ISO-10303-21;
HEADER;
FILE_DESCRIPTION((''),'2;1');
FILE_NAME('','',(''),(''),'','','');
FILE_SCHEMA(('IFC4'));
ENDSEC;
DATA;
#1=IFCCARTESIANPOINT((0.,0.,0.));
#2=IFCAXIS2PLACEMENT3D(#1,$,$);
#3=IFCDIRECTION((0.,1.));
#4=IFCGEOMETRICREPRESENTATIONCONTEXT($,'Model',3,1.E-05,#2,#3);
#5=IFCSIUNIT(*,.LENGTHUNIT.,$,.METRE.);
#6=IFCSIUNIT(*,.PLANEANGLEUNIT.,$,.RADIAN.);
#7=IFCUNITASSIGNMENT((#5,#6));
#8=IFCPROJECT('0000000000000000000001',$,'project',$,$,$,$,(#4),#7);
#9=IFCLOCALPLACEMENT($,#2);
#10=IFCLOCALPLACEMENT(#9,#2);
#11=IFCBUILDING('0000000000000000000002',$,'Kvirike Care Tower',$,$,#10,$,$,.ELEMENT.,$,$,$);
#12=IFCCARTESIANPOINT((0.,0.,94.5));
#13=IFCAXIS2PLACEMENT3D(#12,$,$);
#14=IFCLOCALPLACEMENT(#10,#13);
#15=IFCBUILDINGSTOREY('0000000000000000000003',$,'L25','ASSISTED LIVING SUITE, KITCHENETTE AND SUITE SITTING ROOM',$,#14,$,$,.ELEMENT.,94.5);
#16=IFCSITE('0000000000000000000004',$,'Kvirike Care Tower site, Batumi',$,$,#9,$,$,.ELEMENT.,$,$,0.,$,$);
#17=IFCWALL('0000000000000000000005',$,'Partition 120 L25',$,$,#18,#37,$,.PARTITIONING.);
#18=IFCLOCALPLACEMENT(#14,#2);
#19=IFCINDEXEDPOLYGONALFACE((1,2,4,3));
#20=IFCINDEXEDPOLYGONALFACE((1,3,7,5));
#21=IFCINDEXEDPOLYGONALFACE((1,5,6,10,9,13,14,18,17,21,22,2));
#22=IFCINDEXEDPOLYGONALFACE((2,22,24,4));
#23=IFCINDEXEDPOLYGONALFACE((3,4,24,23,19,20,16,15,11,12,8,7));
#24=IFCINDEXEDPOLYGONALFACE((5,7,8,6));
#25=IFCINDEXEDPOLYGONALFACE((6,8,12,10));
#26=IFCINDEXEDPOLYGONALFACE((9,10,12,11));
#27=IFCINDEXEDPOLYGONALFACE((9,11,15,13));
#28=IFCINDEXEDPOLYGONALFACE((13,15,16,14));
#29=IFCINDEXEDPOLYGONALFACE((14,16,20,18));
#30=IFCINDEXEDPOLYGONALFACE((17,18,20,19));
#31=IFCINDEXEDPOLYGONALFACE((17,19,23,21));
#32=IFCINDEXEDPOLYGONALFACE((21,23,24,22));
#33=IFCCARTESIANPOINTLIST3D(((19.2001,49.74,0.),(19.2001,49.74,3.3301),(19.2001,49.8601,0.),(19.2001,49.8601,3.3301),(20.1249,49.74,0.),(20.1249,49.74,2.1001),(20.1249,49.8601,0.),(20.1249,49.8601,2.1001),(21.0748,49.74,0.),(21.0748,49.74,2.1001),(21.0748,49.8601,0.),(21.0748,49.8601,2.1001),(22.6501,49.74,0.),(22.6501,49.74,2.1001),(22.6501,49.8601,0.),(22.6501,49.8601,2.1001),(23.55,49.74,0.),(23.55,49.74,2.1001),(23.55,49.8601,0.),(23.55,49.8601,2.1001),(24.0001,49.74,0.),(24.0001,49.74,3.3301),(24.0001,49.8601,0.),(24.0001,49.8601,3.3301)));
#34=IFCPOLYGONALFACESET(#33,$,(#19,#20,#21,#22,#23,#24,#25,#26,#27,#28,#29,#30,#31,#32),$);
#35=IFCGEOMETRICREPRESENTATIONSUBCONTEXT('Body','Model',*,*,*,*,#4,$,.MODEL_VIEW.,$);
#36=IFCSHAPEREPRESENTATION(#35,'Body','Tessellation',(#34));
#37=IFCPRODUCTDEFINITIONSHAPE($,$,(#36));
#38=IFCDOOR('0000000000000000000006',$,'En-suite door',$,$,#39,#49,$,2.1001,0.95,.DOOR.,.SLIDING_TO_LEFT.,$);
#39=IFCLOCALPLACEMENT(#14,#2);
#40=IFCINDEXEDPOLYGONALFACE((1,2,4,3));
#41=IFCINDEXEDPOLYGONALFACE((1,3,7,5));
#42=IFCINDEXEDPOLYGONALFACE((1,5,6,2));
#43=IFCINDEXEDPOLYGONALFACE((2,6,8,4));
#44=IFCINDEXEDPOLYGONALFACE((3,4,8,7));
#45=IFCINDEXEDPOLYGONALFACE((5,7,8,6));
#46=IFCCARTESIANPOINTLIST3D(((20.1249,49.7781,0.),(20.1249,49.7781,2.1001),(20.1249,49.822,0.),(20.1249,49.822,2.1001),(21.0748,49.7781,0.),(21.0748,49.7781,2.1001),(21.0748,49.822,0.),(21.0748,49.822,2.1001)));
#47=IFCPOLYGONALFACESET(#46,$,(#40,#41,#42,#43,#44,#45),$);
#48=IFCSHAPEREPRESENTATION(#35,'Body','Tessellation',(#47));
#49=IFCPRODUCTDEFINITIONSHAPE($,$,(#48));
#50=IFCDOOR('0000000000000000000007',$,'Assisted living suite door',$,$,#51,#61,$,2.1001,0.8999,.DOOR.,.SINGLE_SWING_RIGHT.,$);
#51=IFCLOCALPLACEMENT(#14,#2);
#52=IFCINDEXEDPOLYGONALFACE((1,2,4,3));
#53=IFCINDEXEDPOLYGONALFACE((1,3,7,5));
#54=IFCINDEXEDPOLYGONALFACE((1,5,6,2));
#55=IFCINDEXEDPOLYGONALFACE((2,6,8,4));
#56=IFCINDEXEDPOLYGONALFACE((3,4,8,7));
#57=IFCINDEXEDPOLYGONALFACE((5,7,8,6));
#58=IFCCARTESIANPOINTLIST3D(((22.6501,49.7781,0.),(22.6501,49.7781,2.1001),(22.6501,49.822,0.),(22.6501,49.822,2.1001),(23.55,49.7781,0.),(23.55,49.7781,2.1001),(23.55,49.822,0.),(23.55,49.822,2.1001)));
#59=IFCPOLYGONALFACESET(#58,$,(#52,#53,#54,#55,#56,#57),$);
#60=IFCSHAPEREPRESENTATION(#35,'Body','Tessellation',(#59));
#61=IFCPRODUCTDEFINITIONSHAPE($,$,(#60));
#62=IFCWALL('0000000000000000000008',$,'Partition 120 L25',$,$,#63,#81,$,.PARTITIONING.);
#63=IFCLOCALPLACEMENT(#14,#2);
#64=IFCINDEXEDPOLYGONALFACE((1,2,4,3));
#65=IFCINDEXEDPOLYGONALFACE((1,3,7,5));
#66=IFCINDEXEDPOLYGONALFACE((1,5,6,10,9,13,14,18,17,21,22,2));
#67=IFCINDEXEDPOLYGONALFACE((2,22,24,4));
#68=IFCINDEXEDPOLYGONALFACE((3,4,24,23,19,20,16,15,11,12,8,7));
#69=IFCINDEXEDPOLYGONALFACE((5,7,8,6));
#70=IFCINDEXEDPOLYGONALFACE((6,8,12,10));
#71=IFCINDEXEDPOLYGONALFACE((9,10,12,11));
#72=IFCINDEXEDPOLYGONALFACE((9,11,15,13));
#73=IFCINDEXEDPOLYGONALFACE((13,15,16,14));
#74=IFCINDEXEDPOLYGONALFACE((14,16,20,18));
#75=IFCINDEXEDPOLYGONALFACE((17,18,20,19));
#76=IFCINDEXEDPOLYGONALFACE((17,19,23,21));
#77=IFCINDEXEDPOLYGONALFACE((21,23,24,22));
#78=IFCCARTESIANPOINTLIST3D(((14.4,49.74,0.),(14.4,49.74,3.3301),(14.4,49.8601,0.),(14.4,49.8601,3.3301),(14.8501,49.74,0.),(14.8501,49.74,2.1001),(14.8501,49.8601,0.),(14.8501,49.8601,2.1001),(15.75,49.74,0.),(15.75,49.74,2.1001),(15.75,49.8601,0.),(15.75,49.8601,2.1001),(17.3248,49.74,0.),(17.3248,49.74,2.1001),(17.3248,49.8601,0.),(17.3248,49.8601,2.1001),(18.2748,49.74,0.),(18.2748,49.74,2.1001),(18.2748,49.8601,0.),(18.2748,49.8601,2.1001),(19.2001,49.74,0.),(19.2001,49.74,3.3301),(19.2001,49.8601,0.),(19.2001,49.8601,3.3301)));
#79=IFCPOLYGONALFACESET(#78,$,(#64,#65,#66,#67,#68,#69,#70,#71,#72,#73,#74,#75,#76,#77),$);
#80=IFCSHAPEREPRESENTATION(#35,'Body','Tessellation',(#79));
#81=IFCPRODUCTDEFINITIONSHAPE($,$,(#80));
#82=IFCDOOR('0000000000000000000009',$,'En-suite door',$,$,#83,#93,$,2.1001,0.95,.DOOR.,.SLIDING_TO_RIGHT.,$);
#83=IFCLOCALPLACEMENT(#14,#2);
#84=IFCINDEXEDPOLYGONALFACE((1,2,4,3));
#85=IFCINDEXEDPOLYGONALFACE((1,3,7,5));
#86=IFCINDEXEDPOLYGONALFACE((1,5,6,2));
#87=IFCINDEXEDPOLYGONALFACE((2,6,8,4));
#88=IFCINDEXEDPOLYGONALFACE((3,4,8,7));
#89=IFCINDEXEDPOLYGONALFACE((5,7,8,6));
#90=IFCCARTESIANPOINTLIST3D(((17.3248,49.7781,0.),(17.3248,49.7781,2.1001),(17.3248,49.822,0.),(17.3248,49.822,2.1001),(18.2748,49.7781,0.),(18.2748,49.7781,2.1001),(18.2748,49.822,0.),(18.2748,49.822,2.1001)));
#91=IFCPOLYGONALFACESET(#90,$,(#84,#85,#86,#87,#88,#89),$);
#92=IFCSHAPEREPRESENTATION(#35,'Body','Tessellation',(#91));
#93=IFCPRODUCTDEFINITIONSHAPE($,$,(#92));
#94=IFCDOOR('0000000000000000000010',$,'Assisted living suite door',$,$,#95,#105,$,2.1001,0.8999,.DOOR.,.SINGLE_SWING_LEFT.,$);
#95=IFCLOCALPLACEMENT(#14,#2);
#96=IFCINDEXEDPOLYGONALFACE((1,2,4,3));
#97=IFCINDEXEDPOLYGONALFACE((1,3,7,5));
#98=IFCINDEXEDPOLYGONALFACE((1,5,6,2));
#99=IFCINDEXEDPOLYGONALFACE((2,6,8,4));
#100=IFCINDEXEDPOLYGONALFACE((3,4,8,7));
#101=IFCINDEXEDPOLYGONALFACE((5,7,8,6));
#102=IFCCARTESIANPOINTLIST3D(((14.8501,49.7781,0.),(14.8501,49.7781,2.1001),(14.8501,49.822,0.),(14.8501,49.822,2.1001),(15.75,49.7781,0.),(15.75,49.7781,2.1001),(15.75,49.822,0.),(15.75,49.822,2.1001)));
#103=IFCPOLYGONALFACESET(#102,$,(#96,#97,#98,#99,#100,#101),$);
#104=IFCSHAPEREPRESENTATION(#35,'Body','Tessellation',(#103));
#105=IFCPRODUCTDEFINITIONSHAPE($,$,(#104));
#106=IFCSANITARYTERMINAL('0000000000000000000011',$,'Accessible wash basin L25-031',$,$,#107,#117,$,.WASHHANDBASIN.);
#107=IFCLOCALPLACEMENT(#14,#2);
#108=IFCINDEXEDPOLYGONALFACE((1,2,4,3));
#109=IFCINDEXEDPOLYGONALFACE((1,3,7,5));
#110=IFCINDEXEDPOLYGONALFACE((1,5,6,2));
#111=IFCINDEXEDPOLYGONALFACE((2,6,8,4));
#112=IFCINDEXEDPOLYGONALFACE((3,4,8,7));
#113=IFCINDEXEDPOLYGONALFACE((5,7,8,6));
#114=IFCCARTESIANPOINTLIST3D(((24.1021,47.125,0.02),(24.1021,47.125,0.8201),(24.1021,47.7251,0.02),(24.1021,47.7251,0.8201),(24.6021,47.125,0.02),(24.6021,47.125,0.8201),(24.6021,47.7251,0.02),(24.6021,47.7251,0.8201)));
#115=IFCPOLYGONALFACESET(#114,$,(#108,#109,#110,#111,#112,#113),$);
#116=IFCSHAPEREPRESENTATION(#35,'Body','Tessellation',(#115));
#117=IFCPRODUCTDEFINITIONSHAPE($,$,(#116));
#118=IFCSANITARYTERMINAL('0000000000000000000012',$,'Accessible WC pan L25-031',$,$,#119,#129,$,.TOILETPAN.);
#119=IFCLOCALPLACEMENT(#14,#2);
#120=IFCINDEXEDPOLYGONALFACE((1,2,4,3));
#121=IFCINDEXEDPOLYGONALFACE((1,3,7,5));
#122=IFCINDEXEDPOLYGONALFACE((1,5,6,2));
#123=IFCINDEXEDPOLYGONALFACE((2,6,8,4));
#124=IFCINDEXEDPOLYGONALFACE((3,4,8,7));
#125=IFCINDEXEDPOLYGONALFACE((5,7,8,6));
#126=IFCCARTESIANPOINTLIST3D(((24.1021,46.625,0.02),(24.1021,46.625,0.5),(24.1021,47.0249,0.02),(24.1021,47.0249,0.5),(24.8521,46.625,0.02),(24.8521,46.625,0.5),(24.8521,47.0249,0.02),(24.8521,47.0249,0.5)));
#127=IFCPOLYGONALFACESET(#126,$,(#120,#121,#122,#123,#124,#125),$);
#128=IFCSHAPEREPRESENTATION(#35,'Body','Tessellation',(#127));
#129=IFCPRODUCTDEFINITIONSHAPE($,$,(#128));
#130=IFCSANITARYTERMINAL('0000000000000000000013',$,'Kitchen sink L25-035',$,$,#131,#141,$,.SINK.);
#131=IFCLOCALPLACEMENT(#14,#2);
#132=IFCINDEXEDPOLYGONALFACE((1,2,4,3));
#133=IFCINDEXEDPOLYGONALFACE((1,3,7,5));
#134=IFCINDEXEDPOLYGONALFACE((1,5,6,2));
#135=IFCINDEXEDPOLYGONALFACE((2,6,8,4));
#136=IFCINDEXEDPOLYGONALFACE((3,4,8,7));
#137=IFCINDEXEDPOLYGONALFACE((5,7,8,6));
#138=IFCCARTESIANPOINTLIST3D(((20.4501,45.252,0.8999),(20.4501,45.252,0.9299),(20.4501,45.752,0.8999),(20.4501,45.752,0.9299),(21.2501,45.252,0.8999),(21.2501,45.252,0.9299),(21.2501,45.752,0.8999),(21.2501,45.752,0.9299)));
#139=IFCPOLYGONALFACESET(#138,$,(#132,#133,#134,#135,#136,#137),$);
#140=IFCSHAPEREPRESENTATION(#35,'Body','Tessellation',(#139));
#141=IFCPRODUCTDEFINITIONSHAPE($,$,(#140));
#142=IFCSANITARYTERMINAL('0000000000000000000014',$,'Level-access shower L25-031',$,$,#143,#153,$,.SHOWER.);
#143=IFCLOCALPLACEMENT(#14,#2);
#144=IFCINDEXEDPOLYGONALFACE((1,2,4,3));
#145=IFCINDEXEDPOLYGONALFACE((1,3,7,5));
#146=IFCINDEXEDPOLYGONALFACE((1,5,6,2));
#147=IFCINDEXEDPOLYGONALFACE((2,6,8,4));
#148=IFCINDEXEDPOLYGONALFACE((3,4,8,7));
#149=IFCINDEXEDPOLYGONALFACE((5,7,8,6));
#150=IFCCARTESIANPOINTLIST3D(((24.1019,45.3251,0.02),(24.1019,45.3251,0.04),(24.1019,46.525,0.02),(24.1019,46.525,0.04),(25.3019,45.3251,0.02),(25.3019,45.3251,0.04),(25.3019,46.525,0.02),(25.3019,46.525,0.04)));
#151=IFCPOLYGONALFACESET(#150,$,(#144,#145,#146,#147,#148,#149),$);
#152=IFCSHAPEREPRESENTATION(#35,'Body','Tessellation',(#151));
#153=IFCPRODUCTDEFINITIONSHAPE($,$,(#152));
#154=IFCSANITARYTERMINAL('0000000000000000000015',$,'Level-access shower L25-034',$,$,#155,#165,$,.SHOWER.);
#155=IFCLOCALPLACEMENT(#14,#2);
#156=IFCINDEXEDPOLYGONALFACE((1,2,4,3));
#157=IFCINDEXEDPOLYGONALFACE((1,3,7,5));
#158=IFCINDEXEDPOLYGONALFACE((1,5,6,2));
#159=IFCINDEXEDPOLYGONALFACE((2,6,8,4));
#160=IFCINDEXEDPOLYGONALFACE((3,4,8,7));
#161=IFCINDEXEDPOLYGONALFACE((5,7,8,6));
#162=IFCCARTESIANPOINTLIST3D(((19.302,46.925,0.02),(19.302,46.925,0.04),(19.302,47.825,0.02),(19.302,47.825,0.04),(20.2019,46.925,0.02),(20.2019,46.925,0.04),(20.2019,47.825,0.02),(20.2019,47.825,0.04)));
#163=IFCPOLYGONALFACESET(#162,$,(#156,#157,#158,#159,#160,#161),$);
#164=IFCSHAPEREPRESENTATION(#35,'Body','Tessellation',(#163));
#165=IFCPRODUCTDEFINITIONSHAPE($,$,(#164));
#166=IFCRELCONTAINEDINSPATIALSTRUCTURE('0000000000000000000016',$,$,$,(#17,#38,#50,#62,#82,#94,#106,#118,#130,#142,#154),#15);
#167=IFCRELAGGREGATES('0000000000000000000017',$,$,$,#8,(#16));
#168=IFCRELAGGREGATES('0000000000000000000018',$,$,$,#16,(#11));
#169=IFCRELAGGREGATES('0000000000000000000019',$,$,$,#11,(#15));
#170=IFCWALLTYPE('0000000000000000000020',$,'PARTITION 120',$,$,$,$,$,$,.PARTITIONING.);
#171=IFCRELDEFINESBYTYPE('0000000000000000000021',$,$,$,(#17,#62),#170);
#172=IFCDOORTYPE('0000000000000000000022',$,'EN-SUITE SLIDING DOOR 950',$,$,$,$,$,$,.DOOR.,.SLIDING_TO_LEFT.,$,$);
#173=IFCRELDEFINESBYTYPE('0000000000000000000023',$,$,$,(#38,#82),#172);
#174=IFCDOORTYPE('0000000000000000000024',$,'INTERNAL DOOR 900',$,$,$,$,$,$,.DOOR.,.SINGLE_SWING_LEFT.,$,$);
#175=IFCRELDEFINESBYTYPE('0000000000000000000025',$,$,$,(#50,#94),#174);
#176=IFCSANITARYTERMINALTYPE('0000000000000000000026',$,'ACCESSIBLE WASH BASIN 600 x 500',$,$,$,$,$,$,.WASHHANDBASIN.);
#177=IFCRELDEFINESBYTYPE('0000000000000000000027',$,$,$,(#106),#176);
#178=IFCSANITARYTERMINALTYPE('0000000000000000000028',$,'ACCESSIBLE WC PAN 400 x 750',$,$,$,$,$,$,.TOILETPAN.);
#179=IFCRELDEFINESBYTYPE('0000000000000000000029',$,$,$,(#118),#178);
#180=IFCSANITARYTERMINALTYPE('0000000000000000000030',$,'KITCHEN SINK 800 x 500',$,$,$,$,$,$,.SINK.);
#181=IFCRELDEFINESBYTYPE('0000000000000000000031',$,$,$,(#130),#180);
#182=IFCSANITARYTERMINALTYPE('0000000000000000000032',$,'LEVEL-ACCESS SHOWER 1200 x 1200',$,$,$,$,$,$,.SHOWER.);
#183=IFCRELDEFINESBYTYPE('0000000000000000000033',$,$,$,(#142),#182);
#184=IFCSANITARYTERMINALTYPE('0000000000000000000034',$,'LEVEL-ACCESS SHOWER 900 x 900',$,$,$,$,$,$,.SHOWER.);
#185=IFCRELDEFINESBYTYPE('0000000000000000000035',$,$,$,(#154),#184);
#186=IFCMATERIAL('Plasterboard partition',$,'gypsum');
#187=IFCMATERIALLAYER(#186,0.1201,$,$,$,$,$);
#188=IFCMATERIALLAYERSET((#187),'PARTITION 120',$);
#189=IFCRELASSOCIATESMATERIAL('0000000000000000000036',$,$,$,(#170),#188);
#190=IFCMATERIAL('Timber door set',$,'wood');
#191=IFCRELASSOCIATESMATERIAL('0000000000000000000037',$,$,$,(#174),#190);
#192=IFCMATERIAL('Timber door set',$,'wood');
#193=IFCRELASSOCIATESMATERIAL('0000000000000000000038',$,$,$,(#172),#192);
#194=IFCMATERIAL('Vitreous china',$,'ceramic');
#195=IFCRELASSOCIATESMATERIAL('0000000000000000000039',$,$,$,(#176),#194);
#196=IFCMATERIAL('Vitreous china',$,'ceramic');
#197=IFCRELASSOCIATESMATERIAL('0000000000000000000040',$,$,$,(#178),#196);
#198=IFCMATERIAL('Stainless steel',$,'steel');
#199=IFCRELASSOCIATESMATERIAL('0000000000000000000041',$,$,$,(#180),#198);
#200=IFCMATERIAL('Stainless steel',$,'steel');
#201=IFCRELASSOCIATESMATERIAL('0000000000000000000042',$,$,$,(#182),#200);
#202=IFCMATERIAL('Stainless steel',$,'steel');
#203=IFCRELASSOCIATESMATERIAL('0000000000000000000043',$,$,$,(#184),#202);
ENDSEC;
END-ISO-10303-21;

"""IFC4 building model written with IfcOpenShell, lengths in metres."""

from ifc_helpers import new_model, si_unit, direction, frame, frame_2d, origin, origin_2d, place, context, subcontext, project, spatial, rectangle, extrude, material, layer, layer_set, type_object, element, fill, save


model = new_model("IFC4")

# Units and contexts
model_context = context("Model", 3, precision=1e-05, world=origin(), true_north=direction((0.0, 1.0)))
body_context = subcontext(model_context, "Body", "Model", "MODEL_VIEW")
ifc_project = project(units=[si_unit("LENGTHUNIT", "METRE"), si_unit("PLANEANGLEUNIT", "RADIAN")], contexts=[model_context])

# Site, building, storey
site_placement = place(None, origin())
site = spatial("IfcSite", under=ifc_project, at=site_placement, Name="Kvirike Care Tower site, Batumi", CompositionType="ELEMENT", RefElevation=0.0)
building_placement = place(site_placement, origin())
building = spatial("IfcBuilding", under=site, at=building_placement, Name="Kvirike Care Tower", CompositionType="ELEMENT")
storey_placement = place(building_placement, frame((0.0, 0.0, 94.5)))
storey = spatial("IfcBuildingStorey", under=building, at=storey_placement, Name="L25", Description="ASSISTED LIVING SUITE, KITCHENETTE AND SUITE SITTING ROOM", CompositionType="ELEMENT", Elevation=94.5)

# Shared definitions
ifc_material_1 = material(Name="Plasterboard partition", Category="gypsum")
ifc_layer_1 = layer(ifc_material_1, 0.1201)
ifc_layer_set_1 = layer_set([ifc_layer_1], Name="PARTITION 120")
wall_type_1 = type_object("IfcWallType", Name="PARTITION 120", PredefinedType="PARTITIONING", material=ifc_layer_set_1)
ifc_material_2 = material(Name="Timber door set", Category="wood")
door_type_1 = type_object("IfcDoorType", Name="INTERNAL DOOR 900", OperationType="SINGLE_SWING_LEFT", PredefinedType="DOOR", material=ifc_material_2)

# Walls, openings, doors
wall_1_placement = place(storey_placement, frame((24.0, 49.8, 0.0), z_axis=(0.0, 0.0, 1.0), x_axis=(-1.0, 0.0, 0.0)))
wall_1 = element("IfcWall", 1, at=wall_1_placement, inside=storey, type_object=wall_type_1, Name="Partition 120 L25", PredefinedType="PARTITIONING", context=body_context, shape_type="SweptSolid", body=[
    extrude(rectangle(XDim=4.8, YDim=0.1201, at=frame_2d((2.3999, 0.0))), origin(), (0.0, 0.0, 1.0), 3.3301),
])
opening_1_placement = place(wall_1_placement, frame((0.45, 0.0, 0.0)))
opening_1 = element("IfcOpeningElement", 2, at=opening_1_placement, cuts=wall_1, PredefinedType="OPENING", context=body_context, shape_type="SweptSolid", body=[
    extrude(rectangle(XDim=0.8999, YDim=2.1001, at=frame_2d((0.45, 1.05))), frame((0.0, 0.0706, 0.0), z_axis=(0.0, -1.0, 0.0), x_axis=(1.0, 0.0, 0.0)), (0.0, 0.0, 1.0), 0.1411),
])
opening_2_placement = place(wall_1_placement, frame((2.925, 0.0, 0.0)))
opening_2 = element("IfcOpeningElement", 3, at=opening_2_placement, cuts=wall_1, PredefinedType="OPENING", context=body_context, shape_type="SweptSolid", body=[
    extrude(rectangle(XDim=0.95, YDim=2.1001, at=frame_2d((0.4751, 1.05))), frame((0.0, 0.0706, 0.0), z_axis=(0.0, -1.0, 0.0), x_axis=(1.0, 0.0, 0.0)), (0.0, 0.0, 1.0), 0.1411),
])
ifc_material_3 = material(Name="Timber door set", Category="wood")
door_type_2 = type_object("IfcDoorType", Name="EN-SUITE SLIDING DOOR 950", OperationType="SLIDING_TO_LEFT", PredefinedType="DOOR", material=ifc_material_3)
door_1_placement = place(opening_2_placement, origin())
door_1 = element("IfcDoor", 4, at=door_1_placement, inside=storey, type_object=door_type_2, Name="En-suite door", OperationType="SLIDING_TO_LEFT", OverallHeight=2.1001, OverallWidth=0.95, PredefinedType="DOOR", context=body_context, shape_type="SweptSolid", body=[
    extrude(rectangle(XDim=0.95, YDim=2.1001, at=frame_2d((0.4751, 1.05))), frame((0.0, 0.022, 0.0), z_axis=(0.0, -1.0, 0.0), x_axis=(1.0, 0.0, 0.0)), (0.0, 0.0, 1.0), 0.0439),
])
fill(opening_2, door_1)
door_2_placement = place(opening_1_placement, origin())
door_2 = element("IfcDoor", 5, at=door_2_placement, inside=storey, type_object=door_type_1, Name="Assisted living suite door", OperationType="SINGLE_SWING_RIGHT", OverallHeight=2.1001, OverallWidth=0.8999, PredefinedType="DOOR", context=body_context, shape_type="SweptSolid", body=[
    extrude(rectangle(XDim=0.8999, YDim=2.1001, at=frame_2d((0.45, 1.05))), frame((0.0, 0.022, 0.0), z_axis=(0.0, -1.0, 0.0), x_axis=(1.0, 0.0, 0.0)), (0.0, 0.0, 1.0), 0.0439),
])
fill(opening_1, door_2)
wall_2_placement = place(storey_placement, frame((19.2, 49.8, 0.0), z_axis=(0.0, 0.0, 1.0), x_axis=(-1.0, 0.0, 0.0)))
wall_2 = element("IfcWall", 6, at=wall_2_placement, inside=storey, type_object=wall_type_1, Name="Partition 120 L25", PredefinedType="PARTITIONING", context=body_context, shape_type="SweptSolid", body=[
    extrude(rectangle(XDim=4.8, YDim=0.1201, at=frame_2d((2.3999, 0.0))), origin(), (0.0, 0.0, 1.0), 3.3301),
])
opening_3_placement = place(wall_2_placement, frame((3.45, 0.0, 0.0)))
opening_3 = element("IfcOpeningElement", 7, at=opening_3_placement, cuts=wall_2, PredefinedType="OPENING", context=body_context, shape_type="SweptSolid", body=[
    extrude(rectangle(XDim=0.8999, YDim=2.1001, at=frame_2d((0.45, 1.05))), frame((0.0, 0.0706, 0.0), z_axis=(0.0, -1.0, 0.0), x_axis=(1.0, 0.0, 0.0)), (0.0, 0.0, 1.0), 0.1411),
])
opening_4_placement = place(wall_2_placement, frame((0.925, 0.0, 0.0)))
opening_4 = element("IfcOpeningElement", 8, at=opening_4_placement, cuts=wall_2, PredefinedType="OPENING", context=body_context, shape_type="SweptSolid", body=[
    extrude(rectangle(XDim=0.95, YDim=2.1001, at=frame_2d((0.4751, 1.05))), frame((0.0, 0.0706, 0.0), z_axis=(0.0, -1.0, 0.0), x_axis=(1.0, 0.0, 0.0)), (0.0, 0.0, 1.0), 0.1411),
])
door_3_placement = place(opening_4_placement, origin())
door_3 = element("IfcDoor", 9, at=door_3_placement, inside=storey, type_object=door_type_2, Name="En-suite door", OperationType="SLIDING_TO_RIGHT", OverallHeight=2.1001, OverallWidth=0.95, PredefinedType="DOOR", context=body_context, shape_type="SweptSolid", body=[
    extrude(rectangle(XDim=0.95, YDim=2.1001, at=frame_2d((0.4751, 1.05))), frame((0.0, 0.022, 0.0), z_axis=(0.0, -1.0, 0.0), x_axis=(1.0, 0.0, 0.0)), (0.0, 0.0, 1.0), 0.0439),
])
fill(opening_4, door_3)
door_4_placement = place(opening_3_placement, origin())
door_4 = element("IfcDoor", 10, at=door_4_placement, inside=storey, type_object=door_type_1, Name="Assisted living suite door", OperationType="SINGLE_SWING_LEFT", OverallHeight=2.1001, OverallWidth=0.8999, PredefinedType="DOOR", context=body_context, shape_type="SweptSolid", body=[
    extrude(rectangle(XDim=0.8999, YDim=2.1001, at=frame_2d((0.45, 1.05))), frame((0.0, 0.022, 0.0), z_axis=(0.0, -1.0, 0.0), x_axis=(1.0, 0.0, 0.0)), (0.0, 0.0, 1.0), 0.0439),
])
fill(opening_3, door_4)

# Sanitary terminals
ifc_material_4 = material(Name="Vitreous china", Category="ceramic")
sanitary_terminal_type_1 = type_object("IfcSanitaryTerminalType", Name="ACCESSIBLE WASH BASIN 600 x 500", PredefinedType="WASHHANDBASIN", material=ifc_material_4)
sanitary_terminal_1_placement = place(storey_placement, frame((24.3521, 47.425, 0.02), z_axis=(0.0, 0.0, 1.0), x_axis=(0.0, 1.0, 0.0)))
element("IfcSanitaryTerminal", 11, at=sanitary_terminal_1_placement, inside=storey, type_object=sanitary_terminal_type_1, Name="Accessible wash basin L25-031", PredefinedType="WASHHANDBASIN", context=body_context, shape_type="SweptSolid", body=[
    extrude(rectangle(XDim=0.6001, YDim=0.5, at=origin_2d()), origin(), (0.0, 0.0, 1.0), 0.8),
])
ifc_material_5 = material(Name="Vitreous china", Category="ceramic")
sanitary_terminal_type_2 = type_object("IfcSanitaryTerminalType", Name="ACCESSIBLE WC PAN 400 x 750", PredefinedType="TOILETPAN", material=ifc_material_5)
sanitary_terminal_2_placement = place(storey_placement, frame((24.4771, 46.825, 0.02), z_axis=(0.0, 0.0, 1.0), x_axis=(0.0, 1.0, 0.0)))
element("IfcSanitaryTerminal", 12, at=sanitary_terminal_2_placement, inside=storey, type_object=sanitary_terminal_type_2, Name="Accessible WC pan L25-031", PredefinedType="TOILETPAN", context=body_context, shape_type="SweptSolid", body=[
    extrude(rectangle(XDim=0.3999, YDim=0.75, at=origin_2d()), origin(), (0.0, 0.0, 1.0), 0.48),
])
ifc_material_6 = material(Name="Stainless steel", Category="steel")
sanitary_terminal_type_3 = type_object("IfcSanitaryTerminalType", Name="KITCHEN SINK 800 x 500", PredefinedType="SINK", material=ifc_material_6)
sanitary_terminal_3_placement = place(storey_placement, frame((20.8501, 45.502, 0.8999), z_axis=(0.0, 0.0, 1.0), x_axis=(-1.0, 0.0, 0.0)))
element("IfcSanitaryTerminal", 13, at=sanitary_terminal_3_placement, inside=storey, type_object=sanitary_terminal_type_3, Name="Kitchen sink L25-035", PredefinedType="SINK", context=body_context, shape_type="SweptSolid", body=[
    extrude(rectangle(XDim=0.8, YDim=0.5, at=origin_2d()), origin(), (0.0, 0.0, 1.0), 0.03),
])
ifc_material_7 = material(Name="Stainless steel", Category="steel")
sanitary_terminal_type_4 = type_object("IfcSanitaryTerminalType", Name="LEVEL-ACCESS SHOWER 1200 x 1200", PredefinedType="SHOWER", material=ifc_material_7)
sanitary_terminal_4_placement = place(storey_placement, frame((24.7019, 45.925, 0.02), z_axis=(0.0, 0.0, 1.0), x_axis=(0.0, 1.0, 0.0)))
element("IfcSanitaryTerminal", 14, at=sanitary_terminal_4_placement, inside=storey, type_object=sanitary_terminal_type_4, Name="Level-access shower L25-031", PredefinedType="SHOWER", context=body_context, shape_type="SweptSolid", body=[
    extrude(rectangle(XDim=1.2, YDim=1.2, at=origin_2d()), origin(), (0.0, 0.0, 1.0), 0.02),
])
ifc_material_8 = material(Name="Stainless steel", Category="steel")
sanitary_terminal_type_5 = type_object("IfcSanitaryTerminalType", Name="LEVEL-ACCESS SHOWER 900 x 900", PredefinedType="SHOWER", material=ifc_material_8)
for number, where, z_axis, x_axis, name in (
    (15, (19.752, 47.375, 0.02), (0.0, 0.0, 1.0), (0.0, 1.0, 0.0), "Level-access shower L25-034"),
):
    element("IfcSanitaryTerminal", number, at=place(storey_placement, frame(where, z_axis=z_axis, x_axis=x_axis)), inside=storey, type_object=sanitary_terminal_type_5, Name=name, PredefinedType="SHOWER", context=body_context, shape_type="SweptSolid", body=[
        extrude(rectangle(XDim=0.8999, YDim=0.8999, at=origin_2d()), origin(), (0.0, 0.0, 1.0), 0.02),
    ])

save(model, "model.ifc")
